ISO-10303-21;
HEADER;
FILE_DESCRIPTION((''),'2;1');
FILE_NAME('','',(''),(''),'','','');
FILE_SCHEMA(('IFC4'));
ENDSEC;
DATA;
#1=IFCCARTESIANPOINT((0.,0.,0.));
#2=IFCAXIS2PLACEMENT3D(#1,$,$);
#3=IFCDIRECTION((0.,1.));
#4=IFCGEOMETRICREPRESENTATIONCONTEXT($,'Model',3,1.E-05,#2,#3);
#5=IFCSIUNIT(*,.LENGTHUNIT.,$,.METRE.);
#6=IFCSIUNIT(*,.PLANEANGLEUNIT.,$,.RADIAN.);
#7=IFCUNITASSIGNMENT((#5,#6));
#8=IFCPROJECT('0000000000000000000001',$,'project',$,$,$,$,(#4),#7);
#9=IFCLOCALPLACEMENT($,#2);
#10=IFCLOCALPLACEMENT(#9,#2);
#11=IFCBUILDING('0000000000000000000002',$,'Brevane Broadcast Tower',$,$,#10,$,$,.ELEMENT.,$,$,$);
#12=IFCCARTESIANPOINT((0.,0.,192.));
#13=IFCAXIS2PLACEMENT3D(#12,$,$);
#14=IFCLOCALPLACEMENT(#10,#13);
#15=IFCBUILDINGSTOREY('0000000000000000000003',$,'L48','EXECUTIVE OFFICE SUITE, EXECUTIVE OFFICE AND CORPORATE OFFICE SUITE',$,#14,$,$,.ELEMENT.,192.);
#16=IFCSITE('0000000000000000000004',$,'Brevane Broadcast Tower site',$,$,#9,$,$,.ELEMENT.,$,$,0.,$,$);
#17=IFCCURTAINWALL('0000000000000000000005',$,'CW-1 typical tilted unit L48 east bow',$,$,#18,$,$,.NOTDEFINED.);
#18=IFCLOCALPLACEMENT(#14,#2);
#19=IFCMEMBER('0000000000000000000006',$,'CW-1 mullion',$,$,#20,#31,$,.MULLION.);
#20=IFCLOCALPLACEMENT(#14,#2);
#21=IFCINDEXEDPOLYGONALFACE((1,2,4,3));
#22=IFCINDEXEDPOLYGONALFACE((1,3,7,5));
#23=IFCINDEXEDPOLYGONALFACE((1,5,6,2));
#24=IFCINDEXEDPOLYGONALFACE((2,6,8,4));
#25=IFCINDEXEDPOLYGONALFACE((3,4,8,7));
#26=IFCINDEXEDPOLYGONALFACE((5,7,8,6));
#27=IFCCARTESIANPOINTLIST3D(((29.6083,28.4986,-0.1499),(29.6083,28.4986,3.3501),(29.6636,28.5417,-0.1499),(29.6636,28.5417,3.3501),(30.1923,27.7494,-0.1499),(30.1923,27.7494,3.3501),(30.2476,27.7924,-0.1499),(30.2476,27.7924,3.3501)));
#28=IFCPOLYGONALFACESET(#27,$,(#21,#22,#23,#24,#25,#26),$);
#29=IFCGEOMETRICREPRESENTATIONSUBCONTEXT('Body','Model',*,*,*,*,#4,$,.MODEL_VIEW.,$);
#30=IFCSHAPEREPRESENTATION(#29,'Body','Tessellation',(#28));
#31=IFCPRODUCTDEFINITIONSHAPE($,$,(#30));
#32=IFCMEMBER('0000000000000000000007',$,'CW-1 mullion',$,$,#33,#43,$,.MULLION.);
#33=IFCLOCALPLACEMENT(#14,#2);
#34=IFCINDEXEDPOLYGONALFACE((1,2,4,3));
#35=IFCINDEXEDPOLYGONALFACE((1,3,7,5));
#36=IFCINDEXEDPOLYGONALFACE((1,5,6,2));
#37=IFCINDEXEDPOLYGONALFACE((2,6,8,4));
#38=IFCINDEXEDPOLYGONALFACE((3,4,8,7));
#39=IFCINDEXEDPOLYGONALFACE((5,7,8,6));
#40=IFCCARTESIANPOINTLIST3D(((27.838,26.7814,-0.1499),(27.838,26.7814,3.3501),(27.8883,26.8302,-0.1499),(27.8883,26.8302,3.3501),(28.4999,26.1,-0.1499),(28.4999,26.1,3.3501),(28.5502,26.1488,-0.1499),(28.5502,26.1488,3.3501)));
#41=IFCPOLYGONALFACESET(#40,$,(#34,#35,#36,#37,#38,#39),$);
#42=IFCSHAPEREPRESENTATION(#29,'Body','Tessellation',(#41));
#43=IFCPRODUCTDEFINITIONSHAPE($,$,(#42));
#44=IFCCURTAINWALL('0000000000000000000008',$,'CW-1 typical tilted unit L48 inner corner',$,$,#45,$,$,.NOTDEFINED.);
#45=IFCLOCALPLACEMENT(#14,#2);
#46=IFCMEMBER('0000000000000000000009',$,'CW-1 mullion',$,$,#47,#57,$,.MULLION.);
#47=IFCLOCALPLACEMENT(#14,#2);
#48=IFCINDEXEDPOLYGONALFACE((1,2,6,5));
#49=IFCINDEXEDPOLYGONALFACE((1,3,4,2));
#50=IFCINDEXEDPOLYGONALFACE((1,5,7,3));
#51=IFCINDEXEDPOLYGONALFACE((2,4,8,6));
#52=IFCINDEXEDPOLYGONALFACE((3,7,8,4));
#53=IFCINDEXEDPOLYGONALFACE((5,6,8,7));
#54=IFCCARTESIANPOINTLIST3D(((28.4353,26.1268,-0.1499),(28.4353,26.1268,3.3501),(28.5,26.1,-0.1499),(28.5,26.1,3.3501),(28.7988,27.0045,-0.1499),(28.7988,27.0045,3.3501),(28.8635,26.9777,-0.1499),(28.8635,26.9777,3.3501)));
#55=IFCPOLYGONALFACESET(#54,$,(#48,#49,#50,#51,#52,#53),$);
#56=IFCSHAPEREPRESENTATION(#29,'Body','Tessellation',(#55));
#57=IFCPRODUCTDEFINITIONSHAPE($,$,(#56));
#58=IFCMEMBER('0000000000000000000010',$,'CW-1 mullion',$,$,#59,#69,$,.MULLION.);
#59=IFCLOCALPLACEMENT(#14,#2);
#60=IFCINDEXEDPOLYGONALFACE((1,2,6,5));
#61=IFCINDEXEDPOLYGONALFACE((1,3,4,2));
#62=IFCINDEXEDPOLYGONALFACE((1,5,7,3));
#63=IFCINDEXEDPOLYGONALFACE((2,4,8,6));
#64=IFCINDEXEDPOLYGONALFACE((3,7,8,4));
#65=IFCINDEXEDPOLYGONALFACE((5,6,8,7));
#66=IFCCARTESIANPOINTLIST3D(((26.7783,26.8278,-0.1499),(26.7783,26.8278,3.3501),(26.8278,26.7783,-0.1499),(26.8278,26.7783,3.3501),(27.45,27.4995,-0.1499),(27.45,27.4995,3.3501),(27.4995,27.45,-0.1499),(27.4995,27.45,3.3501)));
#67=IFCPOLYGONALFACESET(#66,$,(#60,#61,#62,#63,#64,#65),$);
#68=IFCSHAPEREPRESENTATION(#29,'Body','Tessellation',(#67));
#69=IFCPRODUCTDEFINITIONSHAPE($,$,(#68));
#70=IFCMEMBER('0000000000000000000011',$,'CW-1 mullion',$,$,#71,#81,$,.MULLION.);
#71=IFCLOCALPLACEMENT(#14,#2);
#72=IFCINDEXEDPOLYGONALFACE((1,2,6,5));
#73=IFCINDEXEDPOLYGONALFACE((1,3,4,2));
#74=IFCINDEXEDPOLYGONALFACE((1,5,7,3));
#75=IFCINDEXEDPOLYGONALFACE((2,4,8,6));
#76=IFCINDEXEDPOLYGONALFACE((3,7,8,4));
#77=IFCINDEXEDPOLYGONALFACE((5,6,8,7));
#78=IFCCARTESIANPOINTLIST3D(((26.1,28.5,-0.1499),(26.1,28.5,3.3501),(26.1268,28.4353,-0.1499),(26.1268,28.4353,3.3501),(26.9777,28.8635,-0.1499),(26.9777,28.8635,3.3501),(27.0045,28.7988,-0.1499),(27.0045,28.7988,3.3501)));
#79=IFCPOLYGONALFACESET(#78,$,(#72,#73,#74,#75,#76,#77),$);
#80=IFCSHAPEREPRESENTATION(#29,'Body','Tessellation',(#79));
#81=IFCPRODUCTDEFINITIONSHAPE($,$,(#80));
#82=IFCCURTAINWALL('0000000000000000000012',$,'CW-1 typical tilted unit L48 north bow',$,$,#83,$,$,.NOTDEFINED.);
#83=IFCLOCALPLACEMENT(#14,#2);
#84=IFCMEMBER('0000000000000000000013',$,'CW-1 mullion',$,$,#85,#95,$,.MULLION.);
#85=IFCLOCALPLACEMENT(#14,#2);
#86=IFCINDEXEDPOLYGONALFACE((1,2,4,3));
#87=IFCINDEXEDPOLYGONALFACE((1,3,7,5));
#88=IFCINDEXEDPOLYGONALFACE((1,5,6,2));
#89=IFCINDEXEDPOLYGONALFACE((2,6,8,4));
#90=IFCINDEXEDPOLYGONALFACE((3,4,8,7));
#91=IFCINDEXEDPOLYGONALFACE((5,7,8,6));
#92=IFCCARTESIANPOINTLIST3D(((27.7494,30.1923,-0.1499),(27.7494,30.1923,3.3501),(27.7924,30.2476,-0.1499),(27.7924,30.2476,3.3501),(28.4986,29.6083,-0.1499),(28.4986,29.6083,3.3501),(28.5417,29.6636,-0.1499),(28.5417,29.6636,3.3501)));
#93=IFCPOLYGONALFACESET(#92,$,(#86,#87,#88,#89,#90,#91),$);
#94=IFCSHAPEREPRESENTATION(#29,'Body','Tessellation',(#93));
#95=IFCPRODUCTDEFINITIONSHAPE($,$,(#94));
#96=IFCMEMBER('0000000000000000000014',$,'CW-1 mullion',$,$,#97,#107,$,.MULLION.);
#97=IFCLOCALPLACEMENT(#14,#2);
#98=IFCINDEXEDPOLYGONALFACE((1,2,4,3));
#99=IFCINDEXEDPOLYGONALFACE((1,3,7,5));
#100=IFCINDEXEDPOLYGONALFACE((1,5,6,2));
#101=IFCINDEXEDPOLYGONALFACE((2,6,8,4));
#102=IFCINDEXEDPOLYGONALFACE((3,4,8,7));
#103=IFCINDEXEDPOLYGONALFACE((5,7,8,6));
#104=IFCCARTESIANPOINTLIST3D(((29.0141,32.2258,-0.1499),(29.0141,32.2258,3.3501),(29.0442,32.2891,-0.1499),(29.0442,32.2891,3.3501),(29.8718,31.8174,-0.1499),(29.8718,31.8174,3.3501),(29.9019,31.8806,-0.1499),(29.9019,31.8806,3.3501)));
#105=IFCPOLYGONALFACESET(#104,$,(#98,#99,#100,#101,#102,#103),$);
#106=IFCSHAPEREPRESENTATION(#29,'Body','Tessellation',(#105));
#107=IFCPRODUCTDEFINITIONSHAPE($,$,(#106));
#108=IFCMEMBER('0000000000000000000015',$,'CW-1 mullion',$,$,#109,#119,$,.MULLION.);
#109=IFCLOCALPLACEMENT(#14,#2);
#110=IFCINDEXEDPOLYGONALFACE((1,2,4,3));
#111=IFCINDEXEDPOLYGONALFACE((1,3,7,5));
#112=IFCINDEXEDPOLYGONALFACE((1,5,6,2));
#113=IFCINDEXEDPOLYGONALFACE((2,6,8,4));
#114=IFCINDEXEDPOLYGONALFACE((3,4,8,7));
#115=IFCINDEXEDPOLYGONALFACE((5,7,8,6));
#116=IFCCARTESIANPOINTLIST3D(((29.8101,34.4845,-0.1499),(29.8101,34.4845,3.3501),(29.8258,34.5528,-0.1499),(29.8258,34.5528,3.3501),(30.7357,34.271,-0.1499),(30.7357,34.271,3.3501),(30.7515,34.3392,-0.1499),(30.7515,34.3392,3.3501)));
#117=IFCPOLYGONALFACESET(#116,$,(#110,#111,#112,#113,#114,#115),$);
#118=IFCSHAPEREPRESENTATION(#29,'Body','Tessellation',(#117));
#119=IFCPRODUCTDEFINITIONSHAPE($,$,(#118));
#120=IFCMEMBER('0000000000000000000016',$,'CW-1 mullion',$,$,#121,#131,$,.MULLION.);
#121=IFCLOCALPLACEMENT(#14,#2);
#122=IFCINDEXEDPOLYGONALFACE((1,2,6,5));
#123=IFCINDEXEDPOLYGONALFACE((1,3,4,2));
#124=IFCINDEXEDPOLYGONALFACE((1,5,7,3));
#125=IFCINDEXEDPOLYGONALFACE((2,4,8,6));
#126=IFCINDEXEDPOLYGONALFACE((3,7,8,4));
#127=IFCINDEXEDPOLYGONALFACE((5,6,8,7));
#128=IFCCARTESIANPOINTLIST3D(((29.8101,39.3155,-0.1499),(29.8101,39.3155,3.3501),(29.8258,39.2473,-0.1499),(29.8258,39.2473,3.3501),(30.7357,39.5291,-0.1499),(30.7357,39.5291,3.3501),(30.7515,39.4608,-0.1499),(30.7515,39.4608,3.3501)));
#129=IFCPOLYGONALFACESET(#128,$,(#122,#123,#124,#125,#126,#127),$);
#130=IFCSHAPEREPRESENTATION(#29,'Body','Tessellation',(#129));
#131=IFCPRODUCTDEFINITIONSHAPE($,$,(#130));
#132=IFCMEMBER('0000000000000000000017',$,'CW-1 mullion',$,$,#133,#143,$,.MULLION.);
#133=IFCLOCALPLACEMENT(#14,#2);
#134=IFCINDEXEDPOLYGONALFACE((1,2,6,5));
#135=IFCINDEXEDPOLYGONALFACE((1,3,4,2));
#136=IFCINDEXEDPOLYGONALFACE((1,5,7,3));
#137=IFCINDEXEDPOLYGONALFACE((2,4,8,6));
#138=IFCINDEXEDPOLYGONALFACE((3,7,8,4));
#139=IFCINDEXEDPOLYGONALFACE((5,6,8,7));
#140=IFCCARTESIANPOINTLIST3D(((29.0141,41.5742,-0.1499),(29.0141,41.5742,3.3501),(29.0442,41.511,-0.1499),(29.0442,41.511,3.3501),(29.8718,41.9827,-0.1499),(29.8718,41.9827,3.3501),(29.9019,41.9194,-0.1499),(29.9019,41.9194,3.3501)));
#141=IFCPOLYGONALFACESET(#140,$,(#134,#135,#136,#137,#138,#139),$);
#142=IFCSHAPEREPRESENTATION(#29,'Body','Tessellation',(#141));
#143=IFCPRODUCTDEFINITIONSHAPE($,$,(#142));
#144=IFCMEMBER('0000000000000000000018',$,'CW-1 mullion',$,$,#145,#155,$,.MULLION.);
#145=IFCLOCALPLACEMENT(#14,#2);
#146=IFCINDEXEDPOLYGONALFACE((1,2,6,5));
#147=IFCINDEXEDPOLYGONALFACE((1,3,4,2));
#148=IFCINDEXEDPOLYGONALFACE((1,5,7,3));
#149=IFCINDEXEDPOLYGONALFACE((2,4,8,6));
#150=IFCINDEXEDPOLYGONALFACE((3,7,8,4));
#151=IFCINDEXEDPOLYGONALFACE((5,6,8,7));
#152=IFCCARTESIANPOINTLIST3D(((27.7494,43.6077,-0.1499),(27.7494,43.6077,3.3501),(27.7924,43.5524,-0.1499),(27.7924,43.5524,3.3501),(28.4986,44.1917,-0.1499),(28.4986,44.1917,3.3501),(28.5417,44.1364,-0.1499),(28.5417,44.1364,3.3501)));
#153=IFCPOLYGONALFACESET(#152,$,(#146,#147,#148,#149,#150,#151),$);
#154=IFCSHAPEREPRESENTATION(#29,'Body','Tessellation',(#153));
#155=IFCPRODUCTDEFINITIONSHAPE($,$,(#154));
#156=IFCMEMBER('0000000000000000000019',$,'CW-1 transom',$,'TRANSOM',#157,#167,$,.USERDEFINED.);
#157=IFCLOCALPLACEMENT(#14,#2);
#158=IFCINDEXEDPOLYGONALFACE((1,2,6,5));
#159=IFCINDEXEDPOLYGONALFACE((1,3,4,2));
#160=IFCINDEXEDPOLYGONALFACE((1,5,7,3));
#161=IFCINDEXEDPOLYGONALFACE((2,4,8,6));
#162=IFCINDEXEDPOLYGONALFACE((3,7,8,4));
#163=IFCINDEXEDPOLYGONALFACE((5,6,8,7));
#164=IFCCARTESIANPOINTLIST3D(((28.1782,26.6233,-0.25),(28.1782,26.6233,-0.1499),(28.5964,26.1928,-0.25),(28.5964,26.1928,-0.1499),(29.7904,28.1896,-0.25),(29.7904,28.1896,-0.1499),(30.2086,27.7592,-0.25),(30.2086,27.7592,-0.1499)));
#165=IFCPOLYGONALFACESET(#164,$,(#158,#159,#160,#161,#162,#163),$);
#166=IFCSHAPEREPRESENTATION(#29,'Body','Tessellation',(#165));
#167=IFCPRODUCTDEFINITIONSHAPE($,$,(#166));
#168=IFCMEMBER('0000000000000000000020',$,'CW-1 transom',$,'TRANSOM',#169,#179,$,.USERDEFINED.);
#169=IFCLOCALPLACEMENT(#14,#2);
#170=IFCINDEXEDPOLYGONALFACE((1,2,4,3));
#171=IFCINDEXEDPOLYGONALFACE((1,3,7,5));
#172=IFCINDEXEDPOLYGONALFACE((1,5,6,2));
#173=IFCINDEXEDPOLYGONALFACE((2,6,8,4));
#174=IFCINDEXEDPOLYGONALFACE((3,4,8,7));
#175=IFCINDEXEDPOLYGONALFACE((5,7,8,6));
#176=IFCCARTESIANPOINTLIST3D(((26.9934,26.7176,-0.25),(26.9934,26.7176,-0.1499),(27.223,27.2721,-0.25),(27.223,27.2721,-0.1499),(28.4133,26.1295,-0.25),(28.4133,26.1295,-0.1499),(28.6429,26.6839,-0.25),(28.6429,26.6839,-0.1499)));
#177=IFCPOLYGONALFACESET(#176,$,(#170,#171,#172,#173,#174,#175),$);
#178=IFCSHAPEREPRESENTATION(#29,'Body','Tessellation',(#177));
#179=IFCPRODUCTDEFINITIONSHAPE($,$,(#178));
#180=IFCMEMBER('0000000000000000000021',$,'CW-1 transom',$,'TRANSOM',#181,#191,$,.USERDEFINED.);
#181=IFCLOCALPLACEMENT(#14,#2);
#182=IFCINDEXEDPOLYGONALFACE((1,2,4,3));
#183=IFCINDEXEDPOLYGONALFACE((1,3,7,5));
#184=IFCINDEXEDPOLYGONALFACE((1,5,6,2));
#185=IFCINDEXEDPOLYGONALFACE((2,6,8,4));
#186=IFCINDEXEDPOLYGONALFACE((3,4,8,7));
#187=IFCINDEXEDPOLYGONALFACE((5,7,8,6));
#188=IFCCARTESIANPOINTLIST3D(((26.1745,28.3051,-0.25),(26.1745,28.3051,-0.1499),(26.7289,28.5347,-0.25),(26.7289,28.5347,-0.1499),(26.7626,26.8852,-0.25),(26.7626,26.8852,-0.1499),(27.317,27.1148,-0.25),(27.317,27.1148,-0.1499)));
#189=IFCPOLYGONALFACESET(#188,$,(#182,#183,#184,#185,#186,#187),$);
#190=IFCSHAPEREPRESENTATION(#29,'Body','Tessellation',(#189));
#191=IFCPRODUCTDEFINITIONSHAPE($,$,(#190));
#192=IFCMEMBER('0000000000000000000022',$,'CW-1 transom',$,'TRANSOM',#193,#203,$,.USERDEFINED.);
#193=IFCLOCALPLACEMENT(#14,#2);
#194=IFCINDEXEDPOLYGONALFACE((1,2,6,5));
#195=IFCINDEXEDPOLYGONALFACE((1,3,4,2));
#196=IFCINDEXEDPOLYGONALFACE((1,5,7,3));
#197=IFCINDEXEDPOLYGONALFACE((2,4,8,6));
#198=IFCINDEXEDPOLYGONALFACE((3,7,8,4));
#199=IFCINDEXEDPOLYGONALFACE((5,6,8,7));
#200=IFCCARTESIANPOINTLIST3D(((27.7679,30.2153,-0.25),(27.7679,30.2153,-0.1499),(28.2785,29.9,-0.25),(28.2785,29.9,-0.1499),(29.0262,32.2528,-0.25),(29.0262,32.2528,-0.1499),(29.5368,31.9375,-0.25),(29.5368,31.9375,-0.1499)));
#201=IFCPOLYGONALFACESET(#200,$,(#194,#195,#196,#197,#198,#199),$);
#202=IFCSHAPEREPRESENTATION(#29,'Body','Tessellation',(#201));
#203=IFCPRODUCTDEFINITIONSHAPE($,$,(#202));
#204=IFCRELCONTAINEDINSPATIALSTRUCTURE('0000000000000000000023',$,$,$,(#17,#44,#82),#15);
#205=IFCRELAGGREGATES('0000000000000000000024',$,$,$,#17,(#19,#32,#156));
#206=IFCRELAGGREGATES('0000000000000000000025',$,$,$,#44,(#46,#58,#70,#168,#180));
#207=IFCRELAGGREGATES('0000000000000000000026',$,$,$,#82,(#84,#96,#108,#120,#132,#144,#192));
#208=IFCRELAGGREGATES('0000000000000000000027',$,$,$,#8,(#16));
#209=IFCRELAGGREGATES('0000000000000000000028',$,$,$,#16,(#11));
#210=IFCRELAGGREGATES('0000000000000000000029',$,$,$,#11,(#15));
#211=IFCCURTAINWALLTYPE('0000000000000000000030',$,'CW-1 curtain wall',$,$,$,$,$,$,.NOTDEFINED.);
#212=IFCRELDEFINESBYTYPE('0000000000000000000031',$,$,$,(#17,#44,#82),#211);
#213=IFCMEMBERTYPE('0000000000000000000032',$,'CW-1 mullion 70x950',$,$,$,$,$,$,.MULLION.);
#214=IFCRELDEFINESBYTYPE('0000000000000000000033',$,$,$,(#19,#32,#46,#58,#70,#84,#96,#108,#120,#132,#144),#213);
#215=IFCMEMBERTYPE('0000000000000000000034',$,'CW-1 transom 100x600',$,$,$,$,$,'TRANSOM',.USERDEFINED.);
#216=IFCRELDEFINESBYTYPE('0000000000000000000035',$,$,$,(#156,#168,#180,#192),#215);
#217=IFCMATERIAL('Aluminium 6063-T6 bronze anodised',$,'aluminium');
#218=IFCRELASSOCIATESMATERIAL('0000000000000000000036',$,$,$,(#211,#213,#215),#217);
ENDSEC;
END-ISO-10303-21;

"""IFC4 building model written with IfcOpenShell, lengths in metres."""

from ifc_helpers import new_model, si_unit, direction, frame, origin, origin_2d, place, context, subcontext, project, spatial, rectangle, extrude, material, material_profile, profile_set, type_object, element, aggregate, save


model = new_model("IFC4")

# Units and contexts
model_context = context("Model", 3, precision=1e-05, world=origin(), true_north=direction((0.0, 1.0)))
body_context = subcontext(model_context, "Body", "Model", "MODEL_VIEW")
ifc_project = project(units=[si_unit("LENGTHUNIT", "METRE"), si_unit("PLANEANGLEUNIT", "RADIAN")], contexts=[model_context])

# Site, building, storey
site_placement = place(None, origin())
site = spatial("IfcSite", under=ifc_project, at=site_placement, Name="Brevane Broadcast Tower site", CompositionType="ELEMENT", RefElevation=0.0)
building_placement = place(site_placement, origin())
building = spatial("IfcBuilding", under=site, at=building_placement, Name="Brevane Broadcast Tower", CompositionType="ELEMENT")
storey_placement = place(building_placement, frame((0.0, 0.0, 192.0)))
storey = spatial("IfcBuildingStorey", under=building, at=storey_placement, Name="L48", Description="EXECUTIVE OFFICE SUITE, EXECUTIVE OFFICE AND CORPORATE OFFICE SUITE", CompositionType="ELEMENT", Elevation=192.0)

# Curtain walls, members
ifc_material_1 = material(Name="Aluminium 6063-T6 bronze anodised", Category="aluminium")
curtain_wall_type = type_object("IfcCurtainWallType", Name="CW-1 curtain wall", PredefinedType="NOTDEFINED", material=ifc_material_1)
curtain_wall_1_placement = place(storey_placement, origin())
curtain_wall_1 = element("IfcCurtainWall", 1, at=curtain_wall_1_placement, inside=storey, type_object=curtain_wall_type, Name="CW-1 typical tilted unit L48 east bow", PredefinedType="NOTDEFINED")
ifc_material_profile_1 = material_profile(ifc_material_1, rectangle(XDim=0.95, YDim=0.0701, at=origin_2d()), Name="RECT 70x950")
ifc_profile_set_1 = profile_set([ifc_material_profile_1], Name="Aluminium 6063-T6 bronze anodised")
member_type_1 = type_object("IfcMemberType", Name="CW-1 mullion 70x950", PredefinedType="MULLION", material=ifc_profile_set_1)
member_1_placement = place(storey_placement, frame((29.928, 28.1455, -0.1499), z_axis=(0.0, 0.0, 1.0), x_axis=(0.61477, -0.788707, 0.0)))
member_1 = element("IfcMember", 2, at=member_1_placement, type_object=member_type_1, Name="CW-1 mullion", PredefinedType="MULLION", context=body_context, shape_type="SweptSolid", body=[
    extrude(rectangle(XDim=0.95, YDim=0.0701, at=origin_2d()), origin(), (0.0, 0.0, 1.0), 3.5),
])
member_2_placement = place(storey_placement, frame((28.1941, 26.4651, -0.1499), z_axis=(0.0, 0.0, 1.0), x_axis=(0.696812, -0.717254, 0.0)))
member_2 = element("IfcMember", 3, at=member_2_placement, type_object=member_type_1, Name="CW-1 mullion", PredefinedType="MULLION", context=body_context, shape_type="SweptSolid", body=[
    extrude(rectangle(XDim=0.95, YDim=0.0701, at=origin_2d()), origin(), (0.0, 0.0, 1.0), 3.5),
])
curtain_wall_2_placement = place(storey_placement, origin())
curtain_wall_2 = element("IfcCurtainWall", 4, at=curtain_wall_2_placement, inside=storey, type_object=curtain_wall_type, Name="CW-1 typical tilted unit L48 inner corner", PredefinedType="NOTDEFINED")
member_3_placement = place(storey_placement, frame((28.6494, 26.5522, -0.1499), z_axis=(0.0, 0.0, 1.0), x_axis=(-0.382683, -0.92388, 0.0)))
member_3 = element("IfcMember", 5, at=member_3_placement, type_object=member_type_1, Name="CW-1 mullion", PredefinedType="MULLION", context=body_context, shape_type="SweptSolid", body=[
    extrude(rectangle(XDim=0.95, YDim=0.0701, at=origin_2d()), origin(), (0.0, 0.0, 1.0), 3.5),
])
member_4_placement = place(storey_placement, frame((27.1389, 27.1389, -0.1499), z_axis=(0.0, 0.0, 1.0), x_axis=(-0.707107, -0.707107, 0.0)))
member_4 = element("IfcMember", 6, at=member_4_placement, type_object=member_type_1, Name="CW-1 mullion", PredefinedType="MULLION", context=body_context, shape_type="SweptSolid", body=[
    extrude(rectangle(XDim=0.95, YDim=0.0701, at=origin_2d()), origin(), (0.0, 0.0, 1.0), 3.5),
])
member_5_placement = place(storey_placement, frame((26.5522, 28.6494, -0.1499), z_axis=(0.0, 0.0, 1.0), x_axis=(-0.92388, -0.382683, 0.0)))
member_5 = element("IfcMember", 7, at=member_5_placement, type_object=member_type_1, Name="CW-1 mullion", PredefinedType="MULLION", context=body_context, shape_type="SweptSolid", body=[
    extrude(rectangle(XDim=0.95, YDim=0.0701, at=origin_2d()), origin(), (0.0, 0.0, 1.0), 3.5),
])
curtain_wall_3_placement = place(storey_placement, origin())
curtain_wall_3 = element("IfcCurtainWall", 8, at=curtain_wall_3_placement, inside=storey, type_object=curtain_wall_type, Name="CW-1 typical tilted unit L48 north bow", PredefinedType="NOTDEFINED")
member_6_placement = place(storey_placement, frame((28.1455, 29.928, -0.1499), z_axis=(0.0, 0.0, 1.0), x_axis=(-0.788707, 0.61477, 0.0)))
member_6 = element("IfcMember", 9, at=member_6_placement, type_object=member_type_1, Name="CW-1 mullion", PredefinedType="MULLION", context=body_context, shape_type="SweptSolid", body=[
    extrude(rectangle(XDim=0.95, YDim=0.0701, at=origin_2d()), origin(), (0.0, 0.0, 1.0), 3.5),
])
member_7_placement = place(storey_placement, frame((29.458, 32.0532, -0.1499), z_axis=(0.0, 0.0, 1.0), x_axis=(-0.902861, 0.429934, 0.0)))
member_7 = element("IfcMember", 10, at=member_7_placement, type_object=member_type_1, Name="CW-1 mullion", PredefinedType="MULLION", context=body_context, shape_type="SweptSolid", body=[
    extrude(rectangle(XDim=0.95, YDim=0.0701, at=origin_2d()), origin(), (0.0, 0.0, 1.0), 3.5),
])
member_8_placement = place(storey_placement, frame((30.2808, 34.4119, -0.1499), z_axis=(0.0, 0.0, 1.0), x_axis=(-0.974403, 0.224807, 0.0)))
member_8 = element("IfcMember", 11, at=member_8_placement, type_object=member_type_1, Name="CW-1 mullion", PredefinedType="MULLION", context=body_context, shape_type="SweptSolid", body=[
    extrude(rectangle(XDim=0.95, YDim=0.0701, at=origin_2d()), origin(), (0.0, 0.0, 1.0), 3.5),
])
member_9_placement = place(storey_placement, frame((30.2808, 39.3882, -0.1499), z_axis=(0.0, 0.0, 1.0), x_axis=(-0.974403, -0.224807, 0.0)))
member_9 = element("IfcMember", 12, at=member_9_placement, type_object=member_type_1, Name="CW-1 mullion", PredefinedType="MULLION", context=body_context, shape_type="SweptSolid", body=[
    extrude(rectangle(XDim=0.95, YDim=0.0701, at=origin_2d()), origin(), (0.0, 0.0, 1.0), 3.5),
])
member_10_placement = place(storey_placement, frame((29.458, 41.7468, -0.1499), z_axis=(0.0, 0.0, 1.0), x_axis=(-0.902861, -0.429934, 0.0)))
member_10 = element("IfcMember", 13, at=member_10_placement, type_object=member_type_1, Name="CW-1 mullion", PredefinedType="MULLION", context=body_context, shape_type="SweptSolid", body=[
    extrude(rectangle(XDim=0.95, YDim=0.0701, at=origin_2d()), origin(), (0.0, 0.0, 1.0), 3.5),
])
member_11_placement = place(storey_placement, frame((28.1455, 43.8721, -0.1499), z_axis=(0.0, 0.0, 1.0), x_axis=(-0.788707, -0.61477, 0.0)))
member_11 = element("IfcMember", 14, at=member_11_placement, type_object=member_type_1, Name="CW-1 mullion", PredefinedType="MULLION", context=body_context, shape_type="SweptSolid", body=[
    extrude(rectangle(XDim=0.95, YDim=0.0701, at=origin_2d()), origin(), (0.0, 0.0, 1.0), 3.5),
])

# Members
ifc_material_profile_2 = material_profile(ifc_material_1, rectangle(XDim=0.6001, YDim=0.1001, at=origin_2d()), Name="RECT 100x600")
ifc_profile_set_2 = profile_set([ifc_material_profile_2], Name="Aluminium 6063-T6 bronze anodised")
member_type_2 = type_object("IfcMemberType", Name="CW-1 transom 100x600", ElementType="TRANSOM", PredefinedType="USERDEFINED", material=ifc_profile_set_2)
member_12_placement = place(storey_placement, frame((29.9995, 27.9744, -0.2), z_axis=(-0.717242, -0.696824, 0.0), x_axis=(0.696824, -0.717242, 0.0)))
member_12 = element("IfcMember", 15, at=member_12_placement, type_object=member_type_2, Name="CW-1 transom", ObjectType="TRANSOM", PredefinedType="USERDEFINED", context=body_context, shape_type="SweptSolid", body=[
    extrude(rectangle(XDim=0.6001, YDim=0.1001, at=origin_2d()), origin(), (0.0, 0.0, 1.0), 2.2478),
])
aggregate(curtain_wall_1, [member_1, member_2, member_12])
member_13_placement = place(storey_placement, frame((28.5281, 26.4067, -0.2), z_axis=(-0.923883, 0.382674, 0.0), x_axis=(-0.382674, -0.923883, 0.0)))
member_13 = element("IfcMember", 16, at=member_13_placement, type_object=member_type_2, Name="CW-1 transom", ObjectType="TRANSOM", PredefinedType="USERDEFINED", context=body_context, shape_type="SweptSolid", body=[
    extrude(rectangle(XDim=0.6001, YDim=0.1001, at=origin_2d()), origin(), (0.0, 0.0, 1.0), 1.5369),
])
member_14_placement = place(storey_placement, frame((27.0398, 27.0, -0.2), z_axis=(-0.382674, 0.923883, 0.0), x_axis=(-0.923883, -0.382674, 0.0)))
member_14 = element("IfcMember", 17, at=member_14_placement, type_object=member_type_2, Name="CW-1 transom", ObjectType="TRANSOM", PredefinedType="USERDEFINED", context=body_context, shape_type="SweptSolid", body=[
    extrude(rectangle(XDim=0.6001, YDim=0.1001, at=origin_2d()), origin(), (0.0, 0.0, 1.0), 1.5369),
])
aggregate(curtain_wall_2, [member_3, member_4, member_5, member_13, member_14])
member_15_placement = place(storey_placement, frame((28.0232, 30.0576, -0.2), z_axis=(0.525428, 0.850838, 0.0), x_axis=(-0.850838, 0.525428, 0.0)))
member_15 = element("IfcMember", 18, at=member_15_placement, type_object=member_type_2, Name="CW-1 transom", ObjectType="TRANSOM", PredefinedType="USERDEFINED", context=body_context, shape_type="SweptSolid", body=[
    extrude(rectangle(XDim=0.6001, YDim=0.1001, at=origin_2d()), origin(), (0.0, 0.0, 1.0), 2.3948),
])
aggregate(curtain_wall_3, [member_6, member_7, member_8, member_9, member_10, member_11, member_15])

save(model, "model.ifc")
